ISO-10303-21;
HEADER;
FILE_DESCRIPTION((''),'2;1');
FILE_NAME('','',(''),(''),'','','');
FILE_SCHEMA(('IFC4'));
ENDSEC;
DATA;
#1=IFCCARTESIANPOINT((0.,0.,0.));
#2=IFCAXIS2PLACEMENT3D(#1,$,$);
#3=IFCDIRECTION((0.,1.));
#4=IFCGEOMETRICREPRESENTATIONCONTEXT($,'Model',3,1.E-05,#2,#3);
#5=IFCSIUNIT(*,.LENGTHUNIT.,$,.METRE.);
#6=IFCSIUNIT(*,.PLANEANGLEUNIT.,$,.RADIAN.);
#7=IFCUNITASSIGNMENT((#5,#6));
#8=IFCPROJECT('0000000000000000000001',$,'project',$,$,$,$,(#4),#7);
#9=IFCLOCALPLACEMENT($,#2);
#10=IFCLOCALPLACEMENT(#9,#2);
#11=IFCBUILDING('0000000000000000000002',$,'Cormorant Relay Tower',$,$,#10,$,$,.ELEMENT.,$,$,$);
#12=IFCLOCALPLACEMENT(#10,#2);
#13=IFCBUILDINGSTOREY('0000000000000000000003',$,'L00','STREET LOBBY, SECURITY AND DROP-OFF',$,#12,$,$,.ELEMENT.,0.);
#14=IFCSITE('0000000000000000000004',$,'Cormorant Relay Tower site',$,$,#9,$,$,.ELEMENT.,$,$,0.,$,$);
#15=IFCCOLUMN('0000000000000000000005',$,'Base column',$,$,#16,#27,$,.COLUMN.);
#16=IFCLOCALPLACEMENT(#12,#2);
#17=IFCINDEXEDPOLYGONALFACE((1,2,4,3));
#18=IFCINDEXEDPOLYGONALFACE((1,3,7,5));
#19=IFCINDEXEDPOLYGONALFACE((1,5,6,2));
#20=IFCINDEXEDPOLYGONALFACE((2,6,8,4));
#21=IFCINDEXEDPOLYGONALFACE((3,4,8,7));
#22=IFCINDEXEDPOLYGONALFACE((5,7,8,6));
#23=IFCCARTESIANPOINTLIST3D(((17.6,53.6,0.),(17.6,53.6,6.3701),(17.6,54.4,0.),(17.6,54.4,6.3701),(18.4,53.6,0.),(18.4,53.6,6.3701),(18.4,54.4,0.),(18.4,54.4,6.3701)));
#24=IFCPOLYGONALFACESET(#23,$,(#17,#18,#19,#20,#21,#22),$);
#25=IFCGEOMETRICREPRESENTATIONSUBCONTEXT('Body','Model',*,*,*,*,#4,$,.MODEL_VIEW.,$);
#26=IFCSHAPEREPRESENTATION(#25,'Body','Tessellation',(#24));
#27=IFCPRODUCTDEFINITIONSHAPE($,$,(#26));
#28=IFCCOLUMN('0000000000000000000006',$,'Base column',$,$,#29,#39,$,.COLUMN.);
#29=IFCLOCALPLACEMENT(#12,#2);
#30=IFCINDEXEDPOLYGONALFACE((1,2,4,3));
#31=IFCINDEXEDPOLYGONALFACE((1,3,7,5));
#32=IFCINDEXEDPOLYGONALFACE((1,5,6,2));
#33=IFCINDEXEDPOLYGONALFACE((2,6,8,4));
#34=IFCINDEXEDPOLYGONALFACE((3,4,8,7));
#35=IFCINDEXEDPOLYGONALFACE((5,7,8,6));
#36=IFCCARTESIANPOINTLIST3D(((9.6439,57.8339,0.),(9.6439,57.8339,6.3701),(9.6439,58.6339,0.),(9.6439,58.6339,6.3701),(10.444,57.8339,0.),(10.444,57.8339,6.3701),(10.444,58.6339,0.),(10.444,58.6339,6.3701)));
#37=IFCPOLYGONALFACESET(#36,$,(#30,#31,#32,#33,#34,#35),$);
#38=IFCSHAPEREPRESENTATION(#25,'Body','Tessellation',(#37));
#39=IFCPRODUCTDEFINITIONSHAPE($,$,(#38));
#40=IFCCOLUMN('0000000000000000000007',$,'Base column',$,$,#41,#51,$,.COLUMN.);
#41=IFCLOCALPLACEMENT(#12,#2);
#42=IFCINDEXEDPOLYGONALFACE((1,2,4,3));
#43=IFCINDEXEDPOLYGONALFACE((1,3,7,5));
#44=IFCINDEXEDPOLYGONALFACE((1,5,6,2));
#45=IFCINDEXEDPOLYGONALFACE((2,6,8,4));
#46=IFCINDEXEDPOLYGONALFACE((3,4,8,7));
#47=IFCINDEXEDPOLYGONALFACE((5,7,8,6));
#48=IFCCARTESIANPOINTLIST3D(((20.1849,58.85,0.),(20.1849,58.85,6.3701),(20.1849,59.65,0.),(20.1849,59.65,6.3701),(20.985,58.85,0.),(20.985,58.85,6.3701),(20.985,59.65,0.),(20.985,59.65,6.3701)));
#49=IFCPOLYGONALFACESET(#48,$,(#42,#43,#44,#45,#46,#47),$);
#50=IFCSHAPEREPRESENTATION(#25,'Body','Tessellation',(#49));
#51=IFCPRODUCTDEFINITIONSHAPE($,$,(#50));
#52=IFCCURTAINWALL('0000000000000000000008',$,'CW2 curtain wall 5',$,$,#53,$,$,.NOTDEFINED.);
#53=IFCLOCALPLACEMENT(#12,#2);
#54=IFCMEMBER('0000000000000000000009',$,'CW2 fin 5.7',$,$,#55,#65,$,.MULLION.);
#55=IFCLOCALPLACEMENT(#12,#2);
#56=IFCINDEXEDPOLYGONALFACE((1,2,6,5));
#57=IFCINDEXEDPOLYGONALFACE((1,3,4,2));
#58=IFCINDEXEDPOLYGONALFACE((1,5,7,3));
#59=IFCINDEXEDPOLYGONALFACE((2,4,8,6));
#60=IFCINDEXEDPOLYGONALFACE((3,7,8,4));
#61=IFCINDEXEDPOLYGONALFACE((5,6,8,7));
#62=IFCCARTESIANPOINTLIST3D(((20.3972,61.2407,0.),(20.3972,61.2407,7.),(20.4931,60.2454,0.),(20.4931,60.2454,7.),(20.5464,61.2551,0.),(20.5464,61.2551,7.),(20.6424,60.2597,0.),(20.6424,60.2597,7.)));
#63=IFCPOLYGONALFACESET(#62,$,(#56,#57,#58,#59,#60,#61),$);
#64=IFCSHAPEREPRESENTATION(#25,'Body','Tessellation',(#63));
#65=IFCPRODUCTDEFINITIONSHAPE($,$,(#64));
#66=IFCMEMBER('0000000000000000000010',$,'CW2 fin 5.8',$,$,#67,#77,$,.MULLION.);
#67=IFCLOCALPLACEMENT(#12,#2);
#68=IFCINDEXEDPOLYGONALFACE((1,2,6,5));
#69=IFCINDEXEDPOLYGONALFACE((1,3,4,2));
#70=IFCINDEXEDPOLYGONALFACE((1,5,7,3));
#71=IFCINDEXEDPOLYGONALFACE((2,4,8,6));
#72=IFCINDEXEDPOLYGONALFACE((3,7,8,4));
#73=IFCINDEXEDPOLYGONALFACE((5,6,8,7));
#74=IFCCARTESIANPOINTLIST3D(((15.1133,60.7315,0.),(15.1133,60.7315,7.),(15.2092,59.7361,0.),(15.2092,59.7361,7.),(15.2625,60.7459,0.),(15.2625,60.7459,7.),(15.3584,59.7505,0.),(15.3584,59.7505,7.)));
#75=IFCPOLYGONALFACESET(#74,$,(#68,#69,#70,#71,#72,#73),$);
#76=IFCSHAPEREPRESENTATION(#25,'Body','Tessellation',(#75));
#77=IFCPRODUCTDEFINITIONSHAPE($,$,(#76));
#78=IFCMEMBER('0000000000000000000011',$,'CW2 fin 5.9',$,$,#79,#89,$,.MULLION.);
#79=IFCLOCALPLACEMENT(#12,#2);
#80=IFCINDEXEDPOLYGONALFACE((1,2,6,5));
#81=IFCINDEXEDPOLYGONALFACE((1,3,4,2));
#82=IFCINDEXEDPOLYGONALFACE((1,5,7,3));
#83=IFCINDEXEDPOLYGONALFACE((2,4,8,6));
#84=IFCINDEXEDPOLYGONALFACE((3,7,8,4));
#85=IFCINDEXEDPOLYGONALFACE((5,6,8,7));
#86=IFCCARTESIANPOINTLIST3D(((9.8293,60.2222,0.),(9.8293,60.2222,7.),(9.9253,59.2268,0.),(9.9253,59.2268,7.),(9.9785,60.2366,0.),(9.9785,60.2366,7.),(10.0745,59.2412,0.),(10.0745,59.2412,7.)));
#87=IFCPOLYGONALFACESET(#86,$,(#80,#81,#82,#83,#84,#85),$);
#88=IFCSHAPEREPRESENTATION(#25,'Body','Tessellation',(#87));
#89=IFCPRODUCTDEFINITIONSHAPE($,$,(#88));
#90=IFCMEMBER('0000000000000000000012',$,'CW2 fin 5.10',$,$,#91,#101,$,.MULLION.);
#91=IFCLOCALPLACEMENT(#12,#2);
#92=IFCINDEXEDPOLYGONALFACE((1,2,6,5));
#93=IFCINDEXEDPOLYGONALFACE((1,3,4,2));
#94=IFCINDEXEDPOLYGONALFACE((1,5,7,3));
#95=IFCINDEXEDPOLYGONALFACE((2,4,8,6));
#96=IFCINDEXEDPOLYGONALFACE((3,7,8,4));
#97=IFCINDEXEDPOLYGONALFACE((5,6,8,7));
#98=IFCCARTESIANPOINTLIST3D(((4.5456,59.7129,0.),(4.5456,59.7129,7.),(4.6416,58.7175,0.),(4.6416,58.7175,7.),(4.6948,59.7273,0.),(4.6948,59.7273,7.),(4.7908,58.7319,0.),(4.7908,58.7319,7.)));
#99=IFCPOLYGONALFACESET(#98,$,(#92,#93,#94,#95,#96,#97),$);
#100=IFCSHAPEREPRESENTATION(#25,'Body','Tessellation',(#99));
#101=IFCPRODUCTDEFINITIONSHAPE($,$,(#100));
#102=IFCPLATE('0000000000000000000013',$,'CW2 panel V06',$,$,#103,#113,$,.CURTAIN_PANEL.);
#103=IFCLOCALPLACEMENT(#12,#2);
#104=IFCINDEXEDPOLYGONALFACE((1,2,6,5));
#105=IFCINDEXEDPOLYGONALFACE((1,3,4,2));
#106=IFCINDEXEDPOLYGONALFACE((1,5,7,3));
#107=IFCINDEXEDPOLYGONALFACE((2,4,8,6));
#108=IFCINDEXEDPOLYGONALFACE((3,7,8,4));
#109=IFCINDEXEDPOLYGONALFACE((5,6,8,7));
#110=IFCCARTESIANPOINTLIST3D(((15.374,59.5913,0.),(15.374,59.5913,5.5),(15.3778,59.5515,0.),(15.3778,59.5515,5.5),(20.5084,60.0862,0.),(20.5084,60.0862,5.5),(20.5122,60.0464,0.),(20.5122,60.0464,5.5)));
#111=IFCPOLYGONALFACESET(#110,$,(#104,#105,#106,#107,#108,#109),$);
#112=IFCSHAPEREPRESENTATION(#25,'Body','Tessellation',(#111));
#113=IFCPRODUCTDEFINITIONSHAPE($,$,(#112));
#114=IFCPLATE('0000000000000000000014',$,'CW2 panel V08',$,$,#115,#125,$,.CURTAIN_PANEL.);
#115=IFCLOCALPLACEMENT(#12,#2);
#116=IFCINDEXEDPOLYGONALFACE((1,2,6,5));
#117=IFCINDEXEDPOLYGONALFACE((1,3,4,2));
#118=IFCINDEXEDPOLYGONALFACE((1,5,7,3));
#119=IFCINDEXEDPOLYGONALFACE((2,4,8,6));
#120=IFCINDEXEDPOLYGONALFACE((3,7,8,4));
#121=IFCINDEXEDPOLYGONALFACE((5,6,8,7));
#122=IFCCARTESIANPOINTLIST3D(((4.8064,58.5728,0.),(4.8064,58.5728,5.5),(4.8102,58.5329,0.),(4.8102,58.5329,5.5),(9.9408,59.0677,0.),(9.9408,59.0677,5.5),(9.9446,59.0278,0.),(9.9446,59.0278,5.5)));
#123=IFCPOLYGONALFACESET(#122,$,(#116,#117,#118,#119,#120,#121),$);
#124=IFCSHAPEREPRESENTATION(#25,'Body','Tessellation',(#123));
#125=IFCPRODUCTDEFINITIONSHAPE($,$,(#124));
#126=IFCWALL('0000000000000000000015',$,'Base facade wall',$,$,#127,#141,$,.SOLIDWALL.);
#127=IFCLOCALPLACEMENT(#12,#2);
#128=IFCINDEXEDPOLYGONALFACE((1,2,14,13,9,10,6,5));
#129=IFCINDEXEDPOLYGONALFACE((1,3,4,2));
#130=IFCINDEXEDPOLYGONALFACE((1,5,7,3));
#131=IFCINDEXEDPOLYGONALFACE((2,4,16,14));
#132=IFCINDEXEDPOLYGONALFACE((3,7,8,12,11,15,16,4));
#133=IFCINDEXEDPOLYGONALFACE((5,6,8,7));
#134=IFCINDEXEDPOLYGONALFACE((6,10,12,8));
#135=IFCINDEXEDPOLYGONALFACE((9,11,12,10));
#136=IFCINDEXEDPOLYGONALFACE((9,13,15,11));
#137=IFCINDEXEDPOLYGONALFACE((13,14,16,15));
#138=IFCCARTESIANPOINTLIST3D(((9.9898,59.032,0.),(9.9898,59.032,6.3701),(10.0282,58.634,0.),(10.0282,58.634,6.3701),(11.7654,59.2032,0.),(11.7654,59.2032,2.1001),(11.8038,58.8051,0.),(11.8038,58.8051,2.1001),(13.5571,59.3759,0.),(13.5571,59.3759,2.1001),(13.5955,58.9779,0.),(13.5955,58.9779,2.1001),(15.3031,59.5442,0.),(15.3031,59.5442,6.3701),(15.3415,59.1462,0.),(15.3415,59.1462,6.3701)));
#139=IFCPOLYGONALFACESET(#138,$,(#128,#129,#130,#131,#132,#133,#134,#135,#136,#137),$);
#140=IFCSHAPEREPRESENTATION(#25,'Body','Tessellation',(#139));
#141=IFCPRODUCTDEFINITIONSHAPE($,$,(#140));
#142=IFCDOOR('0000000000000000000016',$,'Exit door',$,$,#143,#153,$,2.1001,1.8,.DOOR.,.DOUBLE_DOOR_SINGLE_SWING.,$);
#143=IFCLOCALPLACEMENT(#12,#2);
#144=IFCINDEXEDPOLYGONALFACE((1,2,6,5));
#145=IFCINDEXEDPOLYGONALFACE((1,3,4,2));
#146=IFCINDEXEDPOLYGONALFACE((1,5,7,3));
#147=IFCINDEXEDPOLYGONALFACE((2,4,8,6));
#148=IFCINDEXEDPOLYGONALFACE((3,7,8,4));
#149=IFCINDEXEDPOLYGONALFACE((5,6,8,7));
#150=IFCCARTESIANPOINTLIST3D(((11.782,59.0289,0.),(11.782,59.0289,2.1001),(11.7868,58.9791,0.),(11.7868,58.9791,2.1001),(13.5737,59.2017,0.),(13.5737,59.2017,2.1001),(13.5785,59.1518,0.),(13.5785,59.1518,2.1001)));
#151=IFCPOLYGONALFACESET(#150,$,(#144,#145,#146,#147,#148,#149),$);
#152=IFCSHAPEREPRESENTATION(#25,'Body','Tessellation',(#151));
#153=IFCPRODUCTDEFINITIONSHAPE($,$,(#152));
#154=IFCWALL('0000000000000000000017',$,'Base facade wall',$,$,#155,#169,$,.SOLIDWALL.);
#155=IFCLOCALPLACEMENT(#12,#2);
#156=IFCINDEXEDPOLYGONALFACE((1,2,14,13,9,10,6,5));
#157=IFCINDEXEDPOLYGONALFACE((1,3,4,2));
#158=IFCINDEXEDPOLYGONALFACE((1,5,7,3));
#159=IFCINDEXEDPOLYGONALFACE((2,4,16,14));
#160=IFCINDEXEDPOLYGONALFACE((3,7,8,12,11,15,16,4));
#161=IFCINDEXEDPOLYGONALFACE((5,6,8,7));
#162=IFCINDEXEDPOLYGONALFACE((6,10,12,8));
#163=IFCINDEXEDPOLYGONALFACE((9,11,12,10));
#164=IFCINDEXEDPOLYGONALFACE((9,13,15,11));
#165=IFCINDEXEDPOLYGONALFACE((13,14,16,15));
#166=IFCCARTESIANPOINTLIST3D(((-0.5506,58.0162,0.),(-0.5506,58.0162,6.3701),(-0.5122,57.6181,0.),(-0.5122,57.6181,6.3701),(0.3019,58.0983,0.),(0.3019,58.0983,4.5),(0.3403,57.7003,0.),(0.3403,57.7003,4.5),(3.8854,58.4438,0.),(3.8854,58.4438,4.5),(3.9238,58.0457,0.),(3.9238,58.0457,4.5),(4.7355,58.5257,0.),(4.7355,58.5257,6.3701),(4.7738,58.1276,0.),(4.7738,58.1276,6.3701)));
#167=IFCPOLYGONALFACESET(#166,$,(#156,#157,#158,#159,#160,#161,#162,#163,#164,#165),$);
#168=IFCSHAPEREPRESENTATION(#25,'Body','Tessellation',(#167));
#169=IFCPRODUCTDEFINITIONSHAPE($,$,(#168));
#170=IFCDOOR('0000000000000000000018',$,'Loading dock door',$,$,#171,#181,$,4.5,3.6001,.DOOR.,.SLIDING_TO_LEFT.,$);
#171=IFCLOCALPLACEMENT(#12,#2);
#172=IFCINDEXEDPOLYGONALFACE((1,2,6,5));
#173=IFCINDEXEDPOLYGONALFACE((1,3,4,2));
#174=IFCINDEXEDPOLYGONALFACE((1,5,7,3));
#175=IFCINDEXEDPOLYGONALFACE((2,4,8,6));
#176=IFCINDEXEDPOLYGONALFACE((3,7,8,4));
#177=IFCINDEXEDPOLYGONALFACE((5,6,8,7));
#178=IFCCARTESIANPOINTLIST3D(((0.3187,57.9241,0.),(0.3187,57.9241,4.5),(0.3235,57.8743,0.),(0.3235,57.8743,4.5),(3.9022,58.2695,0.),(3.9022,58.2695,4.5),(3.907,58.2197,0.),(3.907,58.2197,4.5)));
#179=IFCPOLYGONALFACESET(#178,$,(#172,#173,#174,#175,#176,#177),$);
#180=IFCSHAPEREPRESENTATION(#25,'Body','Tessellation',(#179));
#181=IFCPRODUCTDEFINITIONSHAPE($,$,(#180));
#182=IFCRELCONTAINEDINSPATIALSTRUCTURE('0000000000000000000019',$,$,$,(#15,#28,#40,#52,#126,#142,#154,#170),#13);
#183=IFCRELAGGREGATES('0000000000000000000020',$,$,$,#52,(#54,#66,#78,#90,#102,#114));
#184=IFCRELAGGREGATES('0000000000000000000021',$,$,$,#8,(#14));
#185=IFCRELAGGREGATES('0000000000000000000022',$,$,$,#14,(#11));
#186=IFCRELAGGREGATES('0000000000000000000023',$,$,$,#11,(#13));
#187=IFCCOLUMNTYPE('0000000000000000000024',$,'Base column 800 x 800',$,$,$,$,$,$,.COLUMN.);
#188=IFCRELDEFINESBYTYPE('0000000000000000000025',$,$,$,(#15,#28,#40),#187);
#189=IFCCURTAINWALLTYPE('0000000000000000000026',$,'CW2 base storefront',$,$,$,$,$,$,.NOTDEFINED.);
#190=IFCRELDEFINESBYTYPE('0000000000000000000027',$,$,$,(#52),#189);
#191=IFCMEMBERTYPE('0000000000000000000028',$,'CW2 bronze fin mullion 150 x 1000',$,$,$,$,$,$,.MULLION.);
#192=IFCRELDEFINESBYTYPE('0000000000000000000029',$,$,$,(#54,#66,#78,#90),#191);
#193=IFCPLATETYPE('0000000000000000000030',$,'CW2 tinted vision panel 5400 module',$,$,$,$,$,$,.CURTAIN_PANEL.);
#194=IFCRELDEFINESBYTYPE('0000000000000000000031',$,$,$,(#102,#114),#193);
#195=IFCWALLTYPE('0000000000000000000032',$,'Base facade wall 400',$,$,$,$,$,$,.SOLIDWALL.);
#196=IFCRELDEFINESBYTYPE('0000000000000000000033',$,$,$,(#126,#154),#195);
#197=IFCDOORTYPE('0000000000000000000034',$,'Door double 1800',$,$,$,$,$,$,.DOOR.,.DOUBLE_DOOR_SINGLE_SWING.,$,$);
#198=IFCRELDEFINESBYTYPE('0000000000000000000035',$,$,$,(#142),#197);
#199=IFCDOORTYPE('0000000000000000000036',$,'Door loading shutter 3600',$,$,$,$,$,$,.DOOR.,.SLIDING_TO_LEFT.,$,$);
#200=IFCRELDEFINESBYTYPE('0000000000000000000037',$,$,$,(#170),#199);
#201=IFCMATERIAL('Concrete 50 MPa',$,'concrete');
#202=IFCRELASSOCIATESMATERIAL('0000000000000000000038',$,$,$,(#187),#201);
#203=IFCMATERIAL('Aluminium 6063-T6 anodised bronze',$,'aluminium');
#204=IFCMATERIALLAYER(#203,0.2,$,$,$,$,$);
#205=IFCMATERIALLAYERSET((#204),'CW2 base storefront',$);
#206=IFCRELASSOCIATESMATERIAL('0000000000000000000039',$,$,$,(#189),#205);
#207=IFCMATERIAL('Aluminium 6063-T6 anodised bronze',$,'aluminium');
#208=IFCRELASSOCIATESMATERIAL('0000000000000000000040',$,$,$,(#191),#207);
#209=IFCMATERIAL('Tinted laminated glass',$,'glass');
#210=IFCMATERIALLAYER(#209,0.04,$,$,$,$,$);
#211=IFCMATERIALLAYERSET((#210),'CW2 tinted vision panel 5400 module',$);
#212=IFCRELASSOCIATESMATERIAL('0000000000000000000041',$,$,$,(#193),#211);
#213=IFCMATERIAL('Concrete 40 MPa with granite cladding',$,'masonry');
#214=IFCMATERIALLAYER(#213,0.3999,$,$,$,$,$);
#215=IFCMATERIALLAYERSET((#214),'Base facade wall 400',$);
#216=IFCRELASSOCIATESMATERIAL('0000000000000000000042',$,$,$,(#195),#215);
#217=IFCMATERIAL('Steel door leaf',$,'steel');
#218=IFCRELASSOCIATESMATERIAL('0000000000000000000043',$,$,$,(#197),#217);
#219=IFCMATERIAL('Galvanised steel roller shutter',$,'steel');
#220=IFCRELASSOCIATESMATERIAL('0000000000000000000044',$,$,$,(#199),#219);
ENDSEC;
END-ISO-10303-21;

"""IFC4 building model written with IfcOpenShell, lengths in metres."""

from ifc_helpers import new_model, si_unit, direction, frame, frame_2d, origin, origin_2d, place, context, subcontext, project, spatial, rectangle, extrude, material, layer, layer_set, material_profile, profile_set, type_object, element, fill, aggregate, save


model = new_model("IFC4")

# Units and contexts
model_context = context("Model", 3, precision=1e-05, world=origin(), true_north=direction((0.0, 1.0)))
body_context = subcontext(model_context, "Body", "Model", "MODEL_VIEW")
ifc_project = project(units=[si_unit("LENGTHUNIT", "METRE"), si_unit("PLANEANGLEUNIT", "RADIAN")], contexts=[model_context])

# Site, building, storey
site_placement = place(None, origin())
site = spatial("IfcSite", under=ifc_project, at=site_placement, Name="Cormorant Relay Tower site", CompositionType="ELEMENT", RefElevation=0.0)
building_placement = place(site_placement, origin())
building = spatial("IfcBuilding", under=site, at=building_placement, Name="Cormorant Relay Tower", CompositionType="ELEMENT")
storey_placement = place(building_placement, origin())
storey = spatial("IfcBuildingStorey", under=building, at=storey_placement, Name="L00", Description="STREET LOBBY, SECURITY AND DROP-OFF", CompositionType="ELEMENT", Elevation=0.0)

# Columns
ifc_material_1 = material(Name="Concrete 50 MPa", Category="concrete")
ifc_material_profile_1 = material_profile(ifc_material_1, rectangle(XDim=0.8, YDim=0.8, at=origin_2d()), Name="RC 800x800")
ifc_profile_set_1 = profile_set([ifc_material_profile_1], Name="Concrete 50 MPa")
column_type = type_object("IfcColumnType", Name="Base column 800 x 800", PredefinedType="COLUMN", material=ifc_profile_set_1)
for number, where, z_axis, x_axis, name in (
    (1, (18.0, 54.0, 0.0), (0.0, 0.0, 1.0), (1.0, 0.0, 0.0), "Base column"),
    (2, (10.0439, 58.2339, 0.0), (0.0, 0.0, 1.0), (1.0, 0.0, 0.0), "Base column"),
    (3, (20.585, 59.25, 0.0), (0.0, 0.0, 1.0), (1.0, 0.0, 0.0), "Base column"),
):
    element("IfcColumn", number, at=place(storey_placement, frame(where, z_axis=z_axis, x_axis=x_axis)), inside=storey, type_object=column_type, Name=name, PredefinedType="COLUMN", context=body_context, shape_type="SweptSolid", body=[
        extrude(rectangle(XDim=0.8, YDim=0.8, at=origin_2d()), origin(), (0.0, 0.0, 1.0), 6.3701),
    ])

# Curtain wall, members, plates
ifc_material_2 = material(Name="Aluminium 6063-T6 anodised bronze", Category="aluminium")
ifc_layer_1 = layer(ifc_material_2, 0.2)
ifc_layer_set_1 = layer_set([ifc_layer_1], Name="CW2 base storefront")
curtain_wall_type = type_object("IfcCurtainWallType", Name="CW2 base storefront", PredefinedType="NOTDEFINED", material=ifc_layer_set_1)
curtain_wall_placement = place(storey_placement, origin())
curtain_wall = element("IfcCurtainWall", 4, at=curtain_wall_placement, inside=storey, type_object=curtain_wall_type, Name="CW2 curtain wall 5", PredefinedType="NOTDEFINED")
ifc_material_3 = material(Name="Aluminium 6063-T6 anodised bronze", Category="aluminium")
ifc_material_profile_2 = material_profile(ifc_material_3, rectangle(XDim=0.1499, YDim=1.0, at=origin_2d()), Name="AL 150x1000")
ifc_profile_set_2 = profile_set([ifc_material_profile_2], Name="Aluminium 6063-T6 anodised bronze")
member_type = type_object("IfcMemberType", Name="CW2 bronze fin mullion 150 x 1000", PredefinedType="MULLION", material=ifc_profile_set_2)
member_1_placement = place(storey_placement, frame((20.5198, 60.7502, 0.0), z_axis=(0.0, 0.0, 1.0), x_axis=(-0.995387, -0.09594, 0.0)))
member_1 = element("IfcMember", 5, at=member_1_placement, type_object=member_type, Name="CW2 fin 5.7", PredefinedType="MULLION", context=body_context, shape_type="SweptSolid", body=[
    extrude(rectangle(XDim=0.1499, YDim=1.0, at=origin_2d()), origin(), (0.0, 0.0, 1.0), 7.0),
])
member_2_placement = place(storey_placement, frame((15.2358, 60.241, 0.0), z_axis=(0.0, 0.0, 1.0), x_axis=(-0.995387, -0.09594, 0.0)))
member_2 = element("IfcMember", 6, at=member_2_placement, type_object=member_type, Name="CW2 fin 5.8", PredefinedType="MULLION", context=body_context, shape_type="SweptSolid", body=[
    extrude(rectangle(XDim=0.1499, YDim=1.0, at=origin_2d()), origin(), (0.0, 0.0, 1.0), 7.0),
])
member_3_placement = place(storey_placement, frame((9.9519, 59.7317, 0.0), z_axis=(0.0, 0.0, 1.0), x_axis=(-0.995387, -0.09594, 0.0)))
member_3 = element("IfcMember", 7, at=member_3_placement, type_object=member_type, Name="CW2 fin 5.9", PredefinedType="MULLION", context=body_context, shape_type="SweptSolid", body=[
    extrude(rectangle(XDim=0.1499, YDim=1.0, at=origin_2d()), origin(), (0.0, 0.0, 1.0), 7.0),
])
member_4_placement = place(storey_placement, frame((4.6682, 59.2224, 0.0), z_axis=(0.0, 0.0, 1.0), x_axis=(-0.995387, -0.09594, 0.0)))
member_4 = element("IfcMember", 8, at=member_4_placement, type_object=member_type, Name="CW2 fin 5.10", PredefinedType="MULLION", context=body_context, shape_type="SweptSolid", body=[
    extrude(rectangle(XDim=0.1499, YDim=1.0, at=origin_2d()), origin(), (0.0, 0.0, 1.0), 7.0),
])
ifc_material_4 = material(Name="Tinted laminated glass", Category="glass")
ifc_layer_2 = layer(ifc_material_4, 0.04)
ifc_layer_set_2 = layer_set([ifc_layer_2], Name="CW2 tinted vision panel 5400 module")
plate_type = type_object("IfcPlateType", Name="CW2 tinted vision panel 5400 module", PredefinedType="CURTAIN_PANEL", material=ifc_layer_set_2)
plate_1_placement = place(storey_placement, frame((17.9431, 59.8188, 0.0), z_axis=(0.0, 0.0, 1.0), x_axis=(-0.995387, -0.09594, 0.0)))
plate_1 = element("IfcPlate", 9, at=plate_1_placement, type_object=plate_type, Name="CW2 panel V06", PredefinedType="CURTAIN_PANEL", context=body_context, shape_type="SweptSolid", body=[
    extrude(rectangle(XDim=5.1582, YDim=0.04, at=origin_2d()), origin(), (0.0, 0.0, 1.0), 5.5),
])
plate_2_placement = place(storey_placement, frame((7.3755, 58.8003, 0.0), z_axis=(0.0, 0.0, 1.0), x_axis=(-0.995387, -0.09594, 0.0)))
plate_2 = element("IfcPlate", 10, at=plate_2_placement, type_object=plate_type, Name="CW2 panel V08", PredefinedType="CURTAIN_PANEL", context=body_context, shape_type="SweptSolid", body=[
    extrude(rectangle(XDim=5.1582, YDim=0.04, at=origin_2d()), origin(), (0.0, 0.0, 1.0), 5.5),
])
aggregate(curtain_wall, [member_1, member_2, member_3, member_4, plate_1, plate_2])

# Walls, openings, doors
ifc_material_5 = material(Name="Concrete 40 MPa with granite cladding", Category="masonry")
ifc_layer_3 = layer(ifc_material_5, 0.3999)
ifc_layer_set_3 = layer_set([ifc_layer_3], Name="Base facade wall 400")
wall_type_1 = type_object("IfcWallType", Name="Base facade wall 400", PredefinedType="SOLIDWALL", material=ifc_layer_set_3)
wall_1_placement = place(storey_placement, frame((15.3223, 59.3452, 0.0), z_axis=(0.0, 0.0, 1.0), x_axis=(-0.995385, -0.095957, 0.0)))
wall_1 = element("IfcWall", 11, at=wall_1_placement, inside=storey, type_object=wall_type_1, Name="Base facade wall", PredefinedType="SOLIDWALL", context=body_context, shape_type="SweptSolid", body=[
    extrude(rectangle(XDim=5.3379, YDim=0.3999, at=frame_2d((2.6689, 0.0))), origin(), (0.0, 0.0, 1.0), 6.3701),
])
opening_1_placement = place(wall_1_placement, frame((1.7542, 0.0, 0.0)))
opening_1 = element("IfcOpeningElement", 12, at=opening_1_placement, cuts=wall_1, PredefinedType="OPENING", context=body_context, shape_type="SweptSolid", body=[
    extrude(rectangle(XDim=1.8, YDim=2.1001, at=frame_2d((0.8999, 1.05))), frame((0.0, 0.21, 0.0), z_axis=(0.0, -1.0, 0.0), x_axis=(1.0, 0.0, 0.0)), (0.0, 0.0, 1.0), 0.4199),
])
ifc_material_6 = material(Name="Steel door leaf", Category="steel")
door_type_1 = type_object("IfcDoorType", Name="Door double 1800", OperationType="DOUBLE_DOOR_SINGLE_SWING", PredefinedType="DOOR", material=ifc_material_6)
door_1_placement = place(opening_1_placement, frame((1.8, 0.0, 0.0), z_axis=(0.0, 0.0, 1.0), x_axis=(-1.0, 0.0, 0.0)))
door_1 = element("IfcDoor", 13, at=door_1_placement, inside=storey, type_object=door_type_1, Name="Exit door", OperationType="DOUBLE_DOOR_SINGLE_SWING", OverallHeight=2.1001, OverallWidth=1.8, PredefinedType="DOOR", context=body_context, shape_type="SweptSolid", body=[
    extrude(rectangle(XDim=1.8, YDim=2.1001, at=frame_2d((0.8999, 1.05))), frame((0.0, 0.0249, 0.0), z_axis=(0.0, -1.0, 0.0), x_axis=(1.0, 0.0, 0.0)), (0.0, 0.0, 1.0), 0.05),
])
fill(opening_1, door_1)
wall_2_placement = place(storey_placement, frame((4.7546, 58.3267, 0.0), z_axis=(0.0, 0.0, 1.0), x_axis=(-0.995387, -0.095944, 0.0)))
wall_2 = element("IfcWall", 14, at=wall_2_placement, inside=storey, type_object=wall_type_1, Name="Base facade wall", PredefinedType="SOLIDWALL", context=body_context, shape_type="SweptSolid", body=[
    extrude(rectangle(XDim=5.3105, YDim=0.3999, at=frame_2d((2.6553, 0.0))), origin(), (0.0, 0.0, 1.0), 6.3701),
])
opening_2_placement = place(wall_2_placement, frame((0.854, 0.0, 0.0)))
opening_2 = element("IfcOpeningElement", 15, at=opening_2_placement, cuts=wall_2, PredefinedType="OPENING", context=body_context, shape_type="SweptSolid", body=[
    extrude(rectangle(XDim=3.6001, YDim=4.5, at=frame_2d((1.8, 2.25))), frame((0.0, 0.21, 0.0), z_axis=(0.0, -1.0, 0.0), x_axis=(1.0, 0.0, 0.0)), (0.0, 0.0, 1.0), 0.4199),
])
ifc_material_7 = material(Name="Galvanised steel roller shutter", Category="steel")
door_type_2 = type_object("IfcDoorType", Name="Door loading shutter 3600", OperationType="SLIDING_TO_LEFT", PredefinedType="DOOR", material=ifc_material_7)
door_2_placement = place(opening_2_placement, frame((3.6001, 0.0, 0.0), z_axis=(0.0, 0.0, 1.0), x_axis=(-1.0, 0.0, 0.0)))
door_2 = element("IfcDoor", 16, at=door_2_placement, inside=storey, type_object=door_type_2, Name="Loading dock door", OperationType="SLIDING_TO_LEFT", OverallHeight=4.5, OverallWidth=3.6001, PredefinedType="DOOR", context=body_context, shape_type="SweptSolid", body=[
    extrude(rectangle(XDim=3.6001, YDim=4.5, at=frame_2d((1.8, 2.25))), frame((0.0, 0.0249, 0.0), z_axis=(0.0, -1.0, 0.0), x_axis=(1.0, 0.0, 0.0)), (0.0, 0.0, 1.0), 0.05),
])
fill(opening_2, door_2)

save(model, "model.ifc")
